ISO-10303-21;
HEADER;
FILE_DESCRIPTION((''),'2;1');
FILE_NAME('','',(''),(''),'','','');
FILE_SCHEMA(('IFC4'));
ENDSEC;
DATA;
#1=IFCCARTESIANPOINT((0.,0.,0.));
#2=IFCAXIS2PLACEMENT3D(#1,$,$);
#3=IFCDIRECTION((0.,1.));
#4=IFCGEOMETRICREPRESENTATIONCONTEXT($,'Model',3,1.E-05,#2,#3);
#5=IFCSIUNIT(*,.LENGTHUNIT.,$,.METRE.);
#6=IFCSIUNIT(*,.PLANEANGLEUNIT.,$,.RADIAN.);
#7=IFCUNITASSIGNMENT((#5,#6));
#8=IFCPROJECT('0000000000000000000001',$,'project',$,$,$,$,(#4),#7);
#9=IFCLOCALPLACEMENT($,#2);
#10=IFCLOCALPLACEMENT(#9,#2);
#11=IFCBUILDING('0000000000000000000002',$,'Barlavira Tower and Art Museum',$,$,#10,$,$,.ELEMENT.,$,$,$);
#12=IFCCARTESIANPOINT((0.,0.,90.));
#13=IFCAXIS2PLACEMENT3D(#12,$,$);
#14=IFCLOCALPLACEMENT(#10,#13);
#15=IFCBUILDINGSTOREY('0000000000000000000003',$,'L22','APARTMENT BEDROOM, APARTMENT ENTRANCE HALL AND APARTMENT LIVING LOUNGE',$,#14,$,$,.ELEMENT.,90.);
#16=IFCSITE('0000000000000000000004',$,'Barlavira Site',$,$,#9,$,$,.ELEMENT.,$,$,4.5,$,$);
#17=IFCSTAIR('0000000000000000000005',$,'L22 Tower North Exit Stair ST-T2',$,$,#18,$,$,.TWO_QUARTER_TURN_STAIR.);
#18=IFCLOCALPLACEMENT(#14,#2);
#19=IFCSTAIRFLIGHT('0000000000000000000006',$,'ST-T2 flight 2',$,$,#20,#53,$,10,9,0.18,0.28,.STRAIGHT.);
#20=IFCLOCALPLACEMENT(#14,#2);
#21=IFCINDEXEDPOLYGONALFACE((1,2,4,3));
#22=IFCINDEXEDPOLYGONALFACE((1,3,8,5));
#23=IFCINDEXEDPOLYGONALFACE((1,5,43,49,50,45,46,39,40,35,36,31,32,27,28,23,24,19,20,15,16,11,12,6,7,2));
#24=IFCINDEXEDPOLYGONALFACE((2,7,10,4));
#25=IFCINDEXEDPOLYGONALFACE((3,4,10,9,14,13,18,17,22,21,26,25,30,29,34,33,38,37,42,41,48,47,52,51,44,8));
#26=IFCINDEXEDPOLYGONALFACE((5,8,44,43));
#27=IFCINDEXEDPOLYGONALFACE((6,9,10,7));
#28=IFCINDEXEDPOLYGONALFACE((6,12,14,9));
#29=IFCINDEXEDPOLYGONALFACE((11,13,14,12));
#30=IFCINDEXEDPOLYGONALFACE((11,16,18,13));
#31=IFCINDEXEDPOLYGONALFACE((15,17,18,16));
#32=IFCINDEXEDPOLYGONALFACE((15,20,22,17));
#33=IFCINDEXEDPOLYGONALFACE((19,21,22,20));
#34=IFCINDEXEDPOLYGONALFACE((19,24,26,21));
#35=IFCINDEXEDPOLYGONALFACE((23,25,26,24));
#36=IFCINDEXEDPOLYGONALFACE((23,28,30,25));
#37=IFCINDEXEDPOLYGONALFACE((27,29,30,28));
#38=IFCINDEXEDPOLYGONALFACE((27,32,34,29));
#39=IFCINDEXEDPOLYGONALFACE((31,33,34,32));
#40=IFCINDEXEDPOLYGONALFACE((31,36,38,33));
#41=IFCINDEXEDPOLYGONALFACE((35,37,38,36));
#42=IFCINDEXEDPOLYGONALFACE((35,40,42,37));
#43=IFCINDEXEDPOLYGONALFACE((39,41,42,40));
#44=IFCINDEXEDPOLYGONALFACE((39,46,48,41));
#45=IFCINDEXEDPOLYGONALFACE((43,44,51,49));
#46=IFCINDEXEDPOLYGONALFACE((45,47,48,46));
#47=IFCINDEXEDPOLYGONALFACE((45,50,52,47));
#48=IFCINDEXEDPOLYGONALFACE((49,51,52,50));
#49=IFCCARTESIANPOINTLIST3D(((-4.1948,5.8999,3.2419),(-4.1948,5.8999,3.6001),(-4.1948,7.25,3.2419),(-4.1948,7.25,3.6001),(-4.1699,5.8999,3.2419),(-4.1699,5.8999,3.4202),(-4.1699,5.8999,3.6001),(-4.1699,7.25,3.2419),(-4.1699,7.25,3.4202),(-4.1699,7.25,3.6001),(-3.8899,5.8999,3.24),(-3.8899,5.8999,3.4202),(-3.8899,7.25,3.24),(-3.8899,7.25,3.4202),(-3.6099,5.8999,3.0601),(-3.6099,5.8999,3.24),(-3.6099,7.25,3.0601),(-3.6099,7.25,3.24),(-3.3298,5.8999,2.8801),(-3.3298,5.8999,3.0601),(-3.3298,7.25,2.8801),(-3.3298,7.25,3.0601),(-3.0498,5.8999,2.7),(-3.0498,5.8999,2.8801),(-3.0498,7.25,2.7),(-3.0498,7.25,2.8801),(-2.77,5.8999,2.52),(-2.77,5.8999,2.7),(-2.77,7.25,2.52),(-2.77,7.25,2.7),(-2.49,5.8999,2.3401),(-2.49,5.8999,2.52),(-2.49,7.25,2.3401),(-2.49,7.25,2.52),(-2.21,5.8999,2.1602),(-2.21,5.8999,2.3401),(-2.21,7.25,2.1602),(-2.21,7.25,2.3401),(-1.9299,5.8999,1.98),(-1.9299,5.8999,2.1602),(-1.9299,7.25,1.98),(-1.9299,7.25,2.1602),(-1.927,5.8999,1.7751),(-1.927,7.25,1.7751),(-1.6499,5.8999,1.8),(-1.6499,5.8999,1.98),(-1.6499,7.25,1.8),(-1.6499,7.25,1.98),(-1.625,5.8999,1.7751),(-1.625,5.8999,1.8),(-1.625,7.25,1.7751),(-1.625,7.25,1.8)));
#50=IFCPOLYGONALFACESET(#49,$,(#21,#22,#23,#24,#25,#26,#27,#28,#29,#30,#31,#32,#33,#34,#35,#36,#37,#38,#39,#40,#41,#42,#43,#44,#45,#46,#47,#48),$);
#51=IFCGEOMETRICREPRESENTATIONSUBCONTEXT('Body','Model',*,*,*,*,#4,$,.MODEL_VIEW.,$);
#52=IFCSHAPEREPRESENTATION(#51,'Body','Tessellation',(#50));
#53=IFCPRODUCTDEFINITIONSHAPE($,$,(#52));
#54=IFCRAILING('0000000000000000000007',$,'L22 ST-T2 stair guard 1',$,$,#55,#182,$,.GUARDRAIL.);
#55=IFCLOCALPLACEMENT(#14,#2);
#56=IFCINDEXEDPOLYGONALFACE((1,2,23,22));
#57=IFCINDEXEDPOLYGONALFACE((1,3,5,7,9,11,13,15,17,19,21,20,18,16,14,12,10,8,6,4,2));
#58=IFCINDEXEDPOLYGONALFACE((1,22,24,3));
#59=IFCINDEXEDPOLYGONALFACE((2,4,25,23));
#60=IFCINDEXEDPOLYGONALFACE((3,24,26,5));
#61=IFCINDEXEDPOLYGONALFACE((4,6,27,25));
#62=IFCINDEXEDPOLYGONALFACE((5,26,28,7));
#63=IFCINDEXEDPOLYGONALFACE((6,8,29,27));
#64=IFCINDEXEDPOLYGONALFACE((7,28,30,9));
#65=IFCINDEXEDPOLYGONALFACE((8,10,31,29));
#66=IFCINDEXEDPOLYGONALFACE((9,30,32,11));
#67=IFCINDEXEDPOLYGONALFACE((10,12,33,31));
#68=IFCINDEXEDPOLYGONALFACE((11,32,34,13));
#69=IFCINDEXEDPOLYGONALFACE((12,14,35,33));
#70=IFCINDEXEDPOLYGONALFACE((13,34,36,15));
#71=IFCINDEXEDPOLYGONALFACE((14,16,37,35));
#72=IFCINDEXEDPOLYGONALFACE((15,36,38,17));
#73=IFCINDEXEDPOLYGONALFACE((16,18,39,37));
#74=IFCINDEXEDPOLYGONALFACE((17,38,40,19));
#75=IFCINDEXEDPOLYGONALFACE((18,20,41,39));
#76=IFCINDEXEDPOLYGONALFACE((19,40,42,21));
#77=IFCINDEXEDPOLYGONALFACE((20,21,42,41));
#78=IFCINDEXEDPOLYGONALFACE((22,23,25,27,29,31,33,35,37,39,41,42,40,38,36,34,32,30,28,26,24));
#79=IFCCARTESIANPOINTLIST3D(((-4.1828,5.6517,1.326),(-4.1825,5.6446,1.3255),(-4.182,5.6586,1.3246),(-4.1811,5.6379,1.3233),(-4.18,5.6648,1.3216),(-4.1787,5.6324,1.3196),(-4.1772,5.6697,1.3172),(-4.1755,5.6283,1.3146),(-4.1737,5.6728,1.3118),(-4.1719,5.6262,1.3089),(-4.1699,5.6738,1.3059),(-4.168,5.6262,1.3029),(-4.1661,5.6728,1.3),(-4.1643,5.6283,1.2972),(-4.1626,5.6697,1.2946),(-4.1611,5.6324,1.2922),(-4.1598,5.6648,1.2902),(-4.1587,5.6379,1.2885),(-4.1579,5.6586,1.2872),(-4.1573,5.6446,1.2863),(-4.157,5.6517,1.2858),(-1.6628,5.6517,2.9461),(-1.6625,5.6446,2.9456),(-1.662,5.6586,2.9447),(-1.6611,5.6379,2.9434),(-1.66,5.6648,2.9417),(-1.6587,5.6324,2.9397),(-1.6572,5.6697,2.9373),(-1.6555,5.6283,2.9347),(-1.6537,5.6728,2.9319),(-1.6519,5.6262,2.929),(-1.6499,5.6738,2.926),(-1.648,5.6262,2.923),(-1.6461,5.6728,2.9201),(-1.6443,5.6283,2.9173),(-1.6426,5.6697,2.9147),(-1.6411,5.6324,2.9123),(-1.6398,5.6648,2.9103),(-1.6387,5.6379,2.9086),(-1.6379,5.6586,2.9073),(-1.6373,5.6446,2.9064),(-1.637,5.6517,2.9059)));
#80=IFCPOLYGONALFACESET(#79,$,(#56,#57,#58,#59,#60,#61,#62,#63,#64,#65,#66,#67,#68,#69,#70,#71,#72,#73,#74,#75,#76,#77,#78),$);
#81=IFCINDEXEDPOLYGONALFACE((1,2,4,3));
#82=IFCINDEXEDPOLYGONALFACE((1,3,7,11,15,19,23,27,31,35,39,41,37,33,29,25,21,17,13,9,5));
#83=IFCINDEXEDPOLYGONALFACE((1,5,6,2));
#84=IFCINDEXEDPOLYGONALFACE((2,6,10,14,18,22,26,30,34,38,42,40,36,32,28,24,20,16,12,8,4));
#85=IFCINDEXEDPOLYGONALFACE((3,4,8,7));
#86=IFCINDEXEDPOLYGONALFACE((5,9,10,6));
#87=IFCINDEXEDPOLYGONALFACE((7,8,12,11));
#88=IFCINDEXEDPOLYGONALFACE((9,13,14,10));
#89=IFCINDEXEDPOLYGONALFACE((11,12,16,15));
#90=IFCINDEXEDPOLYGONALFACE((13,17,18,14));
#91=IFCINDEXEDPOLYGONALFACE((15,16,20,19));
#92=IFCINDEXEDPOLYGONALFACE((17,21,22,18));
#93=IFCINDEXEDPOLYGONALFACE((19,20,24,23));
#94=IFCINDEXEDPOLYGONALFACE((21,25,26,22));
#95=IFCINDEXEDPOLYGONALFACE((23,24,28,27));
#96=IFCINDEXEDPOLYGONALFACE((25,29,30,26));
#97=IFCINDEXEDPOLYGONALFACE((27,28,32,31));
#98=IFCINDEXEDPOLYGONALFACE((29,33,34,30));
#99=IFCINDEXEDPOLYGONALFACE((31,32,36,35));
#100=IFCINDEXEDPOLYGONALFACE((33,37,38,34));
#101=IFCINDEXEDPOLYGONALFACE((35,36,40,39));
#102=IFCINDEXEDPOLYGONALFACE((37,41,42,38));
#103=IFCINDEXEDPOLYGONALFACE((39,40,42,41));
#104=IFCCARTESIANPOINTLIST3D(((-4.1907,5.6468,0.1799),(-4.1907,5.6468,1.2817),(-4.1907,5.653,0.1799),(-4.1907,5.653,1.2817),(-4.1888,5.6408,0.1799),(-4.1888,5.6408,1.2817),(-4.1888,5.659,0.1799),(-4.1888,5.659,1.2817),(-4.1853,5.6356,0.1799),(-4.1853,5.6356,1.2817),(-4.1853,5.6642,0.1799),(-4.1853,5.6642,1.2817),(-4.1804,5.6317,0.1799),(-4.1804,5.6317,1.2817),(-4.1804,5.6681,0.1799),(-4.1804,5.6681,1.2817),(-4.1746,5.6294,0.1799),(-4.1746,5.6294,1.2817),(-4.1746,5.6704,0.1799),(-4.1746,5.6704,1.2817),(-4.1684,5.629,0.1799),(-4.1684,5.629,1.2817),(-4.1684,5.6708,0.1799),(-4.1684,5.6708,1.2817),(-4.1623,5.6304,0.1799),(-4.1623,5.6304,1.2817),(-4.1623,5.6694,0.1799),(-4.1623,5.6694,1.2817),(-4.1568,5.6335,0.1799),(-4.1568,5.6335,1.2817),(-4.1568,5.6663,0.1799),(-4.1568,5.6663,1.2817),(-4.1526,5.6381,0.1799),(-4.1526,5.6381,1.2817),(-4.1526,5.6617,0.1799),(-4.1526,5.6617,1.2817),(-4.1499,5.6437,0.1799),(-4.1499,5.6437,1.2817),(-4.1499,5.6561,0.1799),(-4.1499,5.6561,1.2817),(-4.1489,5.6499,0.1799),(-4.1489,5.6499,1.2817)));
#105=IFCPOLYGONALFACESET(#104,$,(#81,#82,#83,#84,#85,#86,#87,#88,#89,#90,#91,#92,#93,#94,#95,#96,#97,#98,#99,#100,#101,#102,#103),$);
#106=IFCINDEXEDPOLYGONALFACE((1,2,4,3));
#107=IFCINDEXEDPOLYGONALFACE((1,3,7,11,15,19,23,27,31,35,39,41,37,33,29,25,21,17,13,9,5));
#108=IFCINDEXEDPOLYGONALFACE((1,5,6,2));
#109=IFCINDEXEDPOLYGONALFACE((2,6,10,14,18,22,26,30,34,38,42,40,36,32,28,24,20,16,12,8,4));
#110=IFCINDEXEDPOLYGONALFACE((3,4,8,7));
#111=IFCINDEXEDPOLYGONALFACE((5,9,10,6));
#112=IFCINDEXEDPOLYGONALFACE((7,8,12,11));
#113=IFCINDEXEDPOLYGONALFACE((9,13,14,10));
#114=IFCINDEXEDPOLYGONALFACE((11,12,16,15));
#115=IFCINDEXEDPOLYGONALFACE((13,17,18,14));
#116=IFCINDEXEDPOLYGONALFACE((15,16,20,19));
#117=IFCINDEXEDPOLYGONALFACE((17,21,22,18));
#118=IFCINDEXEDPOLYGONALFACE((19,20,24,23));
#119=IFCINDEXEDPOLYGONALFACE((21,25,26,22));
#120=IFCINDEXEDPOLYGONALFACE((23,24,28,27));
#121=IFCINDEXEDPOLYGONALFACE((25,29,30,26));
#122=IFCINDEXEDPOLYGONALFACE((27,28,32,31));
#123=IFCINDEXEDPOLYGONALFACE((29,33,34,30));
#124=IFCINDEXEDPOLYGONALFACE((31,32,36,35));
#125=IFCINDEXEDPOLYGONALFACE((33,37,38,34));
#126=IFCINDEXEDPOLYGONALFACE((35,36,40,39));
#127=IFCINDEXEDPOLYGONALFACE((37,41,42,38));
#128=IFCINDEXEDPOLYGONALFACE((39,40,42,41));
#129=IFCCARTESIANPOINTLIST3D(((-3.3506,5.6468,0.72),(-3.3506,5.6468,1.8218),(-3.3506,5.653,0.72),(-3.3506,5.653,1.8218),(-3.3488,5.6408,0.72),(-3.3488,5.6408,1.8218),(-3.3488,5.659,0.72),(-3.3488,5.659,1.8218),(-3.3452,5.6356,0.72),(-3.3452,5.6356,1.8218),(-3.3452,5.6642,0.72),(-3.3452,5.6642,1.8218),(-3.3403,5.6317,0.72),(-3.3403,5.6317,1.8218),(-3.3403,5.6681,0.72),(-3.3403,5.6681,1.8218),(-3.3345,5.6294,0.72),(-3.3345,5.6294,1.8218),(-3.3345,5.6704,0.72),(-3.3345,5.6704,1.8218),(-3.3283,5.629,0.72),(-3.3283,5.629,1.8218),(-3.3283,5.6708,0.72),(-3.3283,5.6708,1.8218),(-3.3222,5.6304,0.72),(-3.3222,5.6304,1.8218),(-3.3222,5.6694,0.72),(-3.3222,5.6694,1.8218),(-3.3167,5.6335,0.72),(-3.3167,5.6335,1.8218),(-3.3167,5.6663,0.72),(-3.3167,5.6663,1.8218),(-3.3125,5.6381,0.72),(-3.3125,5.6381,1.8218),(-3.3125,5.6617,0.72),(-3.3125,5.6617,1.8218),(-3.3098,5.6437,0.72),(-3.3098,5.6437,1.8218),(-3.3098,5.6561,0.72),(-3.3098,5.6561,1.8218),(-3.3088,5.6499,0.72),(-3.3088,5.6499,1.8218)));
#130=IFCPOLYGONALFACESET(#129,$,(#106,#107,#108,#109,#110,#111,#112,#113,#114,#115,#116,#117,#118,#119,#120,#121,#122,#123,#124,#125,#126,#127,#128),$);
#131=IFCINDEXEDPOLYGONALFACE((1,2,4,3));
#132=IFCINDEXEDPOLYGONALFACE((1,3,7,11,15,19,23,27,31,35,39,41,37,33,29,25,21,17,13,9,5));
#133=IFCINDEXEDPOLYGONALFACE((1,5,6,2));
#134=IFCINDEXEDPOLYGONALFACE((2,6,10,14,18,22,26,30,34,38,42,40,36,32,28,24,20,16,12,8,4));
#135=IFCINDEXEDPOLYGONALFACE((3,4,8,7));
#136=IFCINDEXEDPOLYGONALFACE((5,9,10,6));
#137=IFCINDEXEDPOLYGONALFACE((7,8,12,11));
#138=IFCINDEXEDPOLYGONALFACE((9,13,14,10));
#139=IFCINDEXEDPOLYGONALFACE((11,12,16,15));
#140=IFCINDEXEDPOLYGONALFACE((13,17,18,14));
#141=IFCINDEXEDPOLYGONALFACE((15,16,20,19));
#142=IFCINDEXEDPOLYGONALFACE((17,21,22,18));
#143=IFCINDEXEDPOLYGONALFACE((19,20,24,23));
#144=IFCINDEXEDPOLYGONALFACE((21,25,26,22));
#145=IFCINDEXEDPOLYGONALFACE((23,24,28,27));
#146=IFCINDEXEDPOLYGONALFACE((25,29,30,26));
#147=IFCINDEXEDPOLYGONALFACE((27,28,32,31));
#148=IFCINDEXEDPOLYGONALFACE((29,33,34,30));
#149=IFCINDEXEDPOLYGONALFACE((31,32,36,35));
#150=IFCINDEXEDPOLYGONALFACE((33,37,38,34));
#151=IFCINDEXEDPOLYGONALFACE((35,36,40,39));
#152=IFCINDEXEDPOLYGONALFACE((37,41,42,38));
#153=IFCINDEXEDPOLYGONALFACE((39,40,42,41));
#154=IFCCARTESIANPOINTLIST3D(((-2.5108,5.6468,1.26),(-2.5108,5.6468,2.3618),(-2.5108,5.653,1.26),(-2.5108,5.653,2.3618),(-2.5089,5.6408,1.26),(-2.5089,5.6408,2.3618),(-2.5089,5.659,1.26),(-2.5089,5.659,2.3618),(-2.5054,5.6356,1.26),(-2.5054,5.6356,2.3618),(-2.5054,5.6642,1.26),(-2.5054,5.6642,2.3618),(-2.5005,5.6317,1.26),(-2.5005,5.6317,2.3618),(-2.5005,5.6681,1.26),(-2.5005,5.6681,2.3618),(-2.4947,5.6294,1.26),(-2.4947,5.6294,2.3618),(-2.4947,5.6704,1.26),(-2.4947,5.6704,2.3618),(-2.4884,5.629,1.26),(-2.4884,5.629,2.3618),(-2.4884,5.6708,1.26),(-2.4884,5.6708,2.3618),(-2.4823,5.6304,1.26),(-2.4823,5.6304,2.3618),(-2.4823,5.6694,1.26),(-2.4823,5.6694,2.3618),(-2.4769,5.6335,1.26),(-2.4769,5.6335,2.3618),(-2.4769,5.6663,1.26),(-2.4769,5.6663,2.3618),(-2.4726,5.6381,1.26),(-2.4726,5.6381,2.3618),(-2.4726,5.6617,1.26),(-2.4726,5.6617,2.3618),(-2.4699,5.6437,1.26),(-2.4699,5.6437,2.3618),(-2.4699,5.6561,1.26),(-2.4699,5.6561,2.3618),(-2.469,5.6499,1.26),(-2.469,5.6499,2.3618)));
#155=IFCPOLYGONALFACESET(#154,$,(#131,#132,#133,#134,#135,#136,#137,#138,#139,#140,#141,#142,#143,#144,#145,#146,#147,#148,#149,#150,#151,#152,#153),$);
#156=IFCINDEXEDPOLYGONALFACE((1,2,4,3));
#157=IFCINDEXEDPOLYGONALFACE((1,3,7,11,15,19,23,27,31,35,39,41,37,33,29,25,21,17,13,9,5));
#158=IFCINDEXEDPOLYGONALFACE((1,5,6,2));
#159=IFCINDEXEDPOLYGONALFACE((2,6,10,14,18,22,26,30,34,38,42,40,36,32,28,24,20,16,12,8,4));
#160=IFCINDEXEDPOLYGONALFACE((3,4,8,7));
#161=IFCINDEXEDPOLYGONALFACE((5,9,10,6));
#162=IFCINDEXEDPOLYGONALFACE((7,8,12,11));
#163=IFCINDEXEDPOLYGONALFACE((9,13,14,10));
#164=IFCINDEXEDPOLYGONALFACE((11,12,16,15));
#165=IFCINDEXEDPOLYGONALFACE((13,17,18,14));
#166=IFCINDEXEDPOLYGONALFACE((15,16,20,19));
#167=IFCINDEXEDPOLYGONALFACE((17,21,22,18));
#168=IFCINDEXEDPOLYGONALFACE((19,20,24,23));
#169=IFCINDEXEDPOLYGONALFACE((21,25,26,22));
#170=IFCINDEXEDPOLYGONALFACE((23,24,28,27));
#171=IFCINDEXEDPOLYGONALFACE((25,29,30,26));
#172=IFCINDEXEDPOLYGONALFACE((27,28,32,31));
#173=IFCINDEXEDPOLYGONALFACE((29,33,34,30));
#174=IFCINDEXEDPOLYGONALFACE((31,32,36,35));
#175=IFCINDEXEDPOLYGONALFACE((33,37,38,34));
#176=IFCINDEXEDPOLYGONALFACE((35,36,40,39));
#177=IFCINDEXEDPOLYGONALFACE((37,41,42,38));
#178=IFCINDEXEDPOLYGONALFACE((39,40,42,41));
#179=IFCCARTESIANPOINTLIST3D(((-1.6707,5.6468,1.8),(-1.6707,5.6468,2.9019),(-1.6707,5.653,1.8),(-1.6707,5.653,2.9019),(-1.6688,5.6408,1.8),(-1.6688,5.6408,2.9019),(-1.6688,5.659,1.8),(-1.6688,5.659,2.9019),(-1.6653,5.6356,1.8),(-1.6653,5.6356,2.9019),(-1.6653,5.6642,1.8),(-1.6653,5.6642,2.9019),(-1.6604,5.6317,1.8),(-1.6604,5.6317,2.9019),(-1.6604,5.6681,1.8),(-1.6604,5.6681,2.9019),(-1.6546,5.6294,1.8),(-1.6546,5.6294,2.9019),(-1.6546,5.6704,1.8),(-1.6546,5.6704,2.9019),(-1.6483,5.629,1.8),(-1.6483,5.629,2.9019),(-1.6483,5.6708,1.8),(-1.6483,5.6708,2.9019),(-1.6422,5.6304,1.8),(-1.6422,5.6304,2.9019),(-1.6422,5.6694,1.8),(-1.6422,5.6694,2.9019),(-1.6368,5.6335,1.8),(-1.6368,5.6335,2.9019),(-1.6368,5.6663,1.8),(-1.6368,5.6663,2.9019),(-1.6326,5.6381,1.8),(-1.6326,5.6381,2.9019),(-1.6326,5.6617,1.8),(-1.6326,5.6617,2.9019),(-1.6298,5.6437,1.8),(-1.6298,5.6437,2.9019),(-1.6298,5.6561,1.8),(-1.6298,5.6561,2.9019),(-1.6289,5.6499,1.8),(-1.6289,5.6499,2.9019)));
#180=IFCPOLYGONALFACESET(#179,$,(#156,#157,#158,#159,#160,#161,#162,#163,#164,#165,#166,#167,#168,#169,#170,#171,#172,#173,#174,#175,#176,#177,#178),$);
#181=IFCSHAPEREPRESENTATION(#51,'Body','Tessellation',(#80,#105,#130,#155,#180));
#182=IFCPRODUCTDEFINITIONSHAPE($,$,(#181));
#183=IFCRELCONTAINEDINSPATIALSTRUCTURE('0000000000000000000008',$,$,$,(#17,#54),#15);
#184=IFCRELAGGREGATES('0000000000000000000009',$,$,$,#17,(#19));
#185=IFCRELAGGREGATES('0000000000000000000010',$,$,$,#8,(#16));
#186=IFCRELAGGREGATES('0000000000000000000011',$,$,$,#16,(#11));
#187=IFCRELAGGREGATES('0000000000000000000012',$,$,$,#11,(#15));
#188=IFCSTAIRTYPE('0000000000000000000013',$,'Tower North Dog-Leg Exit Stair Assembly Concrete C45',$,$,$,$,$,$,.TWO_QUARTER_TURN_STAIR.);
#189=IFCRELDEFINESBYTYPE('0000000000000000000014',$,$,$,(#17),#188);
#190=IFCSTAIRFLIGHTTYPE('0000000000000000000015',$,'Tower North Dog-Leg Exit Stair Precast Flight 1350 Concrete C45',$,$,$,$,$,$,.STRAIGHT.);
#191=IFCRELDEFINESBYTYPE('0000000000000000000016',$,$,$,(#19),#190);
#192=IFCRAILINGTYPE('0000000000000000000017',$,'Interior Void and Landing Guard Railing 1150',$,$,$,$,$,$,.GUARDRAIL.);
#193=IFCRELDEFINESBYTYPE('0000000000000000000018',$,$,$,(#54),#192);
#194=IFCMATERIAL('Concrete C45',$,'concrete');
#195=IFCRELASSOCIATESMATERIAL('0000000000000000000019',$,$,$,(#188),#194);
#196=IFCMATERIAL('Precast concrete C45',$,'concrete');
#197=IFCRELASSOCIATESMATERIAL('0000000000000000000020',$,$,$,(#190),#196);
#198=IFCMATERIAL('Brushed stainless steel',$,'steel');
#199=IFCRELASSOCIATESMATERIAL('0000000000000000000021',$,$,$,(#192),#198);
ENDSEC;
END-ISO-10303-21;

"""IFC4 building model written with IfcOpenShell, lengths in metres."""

from ifc_helpers import new_model, si_unit, direction, frame, origin, origin_2d, place, context, subcontext, project, spatial, polyline, circle, outline, extrude, material, type_object, element, aggregate, save


model = new_model("IFC4")

# Units and contexts
model_context = context("Model", 3, precision=1e-05, world=origin(), true_north=direction((0.0, 1.0)))
body_context = subcontext(model_context, "Body", "Model", "MODEL_VIEW")
ifc_project = project(units=[si_unit("LENGTHUNIT", "METRE"), si_unit("PLANEANGLEUNIT", "RADIAN")], contexts=[model_context])

# Site, building, storey
site_placement = place(None, origin())
site = spatial("IfcSite", under=ifc_project, at=site_placement, Name="Barlavira Site", CompositionType="ELEMENT", RefElevation=4.5)
building_placement = place(site_placement, origin())
building = spatial("IfcBuilding", under=site, at=building_placement, Name="Barlavira Tower and Art Museum", CompositionType="ELEMENT")
storey_placement = place(building_placement, frame((0.0, 0.0, 90.0)))
storey = spatial("IfcBuildingStorey", under=building, at=storey_placement, Name="L22", Description="APARTMENT BEDROOM, APARTMENT ENTRANCE HALL AND APARTMENT LIVING LOUNGE", CompositionType="ELEMENT", Elevation=90.0)

# Shared definitions
ifc_material_1 = material(Name="Concrete C45", Category="concrete")

# Shared definitions
ifc_material_2 = material(Name="Brushed stainless steel", Category="steel")

# Stair, stair flight
stair_type_1 = type_object("IfcStairType", Name="Tower North Dog-Leg Exit Stair Assembly Concrete C45", PredefinedType="TWO_QUARTER_TURN_STAIR", material=ifc_material_1)
stair_1_placement = place(storey_placement, origin())
stair_1 = element("IfcStair", 1, at=stair_1_placement, inside=storey, type_object=stair_type_1, Name="L22 Tower North Exit Stair ST-T2", PredefinedType="TWO_QUARTER_TURN_STAIR")
ifc_material_3 = material(Name="Precast concrete C45", Category="concrete")
stair_flight_type = type_object("IfcStairFlightType", Name="Tower North Dog-Leg Exit Stair Precast Flight 1350 Concrete C45", PredefinedType="STRAIGHT", material=ifc_material_3)
stair_flight_1_placement = place(storey_placement, frame((-1.6499, 6.575, 1.8), z_axis=(0.0, 0.0, 1.0), x_axis=(-1.0, 0.0, 0.0)))
stair_flight_1 = element("IfcStairFlight", 2, at=stair_flight_1_placement, type_object=stair_flight_type, Name="ST-T2 flight 2", NumberOfRisers=10, NumberOfTreads=9, PredefinedType="STRAIGHT", RiserHeight=0.18, TreadLength=0.28, context=body_context, shape_type="SweptSolid", body=[
    extrude(outline(polyline([(-0.0249, 0.0), (0.0, 0.0), (0.0, 0.1799), (0.28, 0.1799), (0.28, 0.3601), (0.5601, 0.3601), (0.5601, 0.54), (0.8401, 0.54), (0.8401, 0.72), (1.1201, 0.72), (1.1201, 0.8999), (1.3999, 0.8999), (1.3999, 1.0801), (1.6799, 1.0801), (1.6799, 1.26), (1.96, 1.26), (1.96, 1.4399), (2.24, 1.4399), (2.24, 1.6201), (2.52, 1.6201), (2.52, 1.8), (2.5449, 1.8), (2.5449, 1.4419), (2.52, 1.4419), (0.2771, -0.0249), (-0.0249, -0.0249), (-0.0249, 0.0)])), frame((0.0, 0.675, 0.0), z_axis=(0.0, -1.0, 0.0), x_axis=(1.0, 0.0, 0.0)), (0.0, 0.0, 1.0), 1.3501),
])
aggregate(stair_1, [stair_flight_1])

# Railing
railing_type_1 = type_object("IfcRailingType", Name="Interior Void and Landing Guard Railing 1150", PredefinedType="GUARDRAIL", material=ifc_material_2)
railing_1_placement = place(storey_placement, frame((-4.1699, 5.6499, 0.1799)))
element("IfcRailing", 3, at=railing_1_placement, inside=storey, type_object=railing_type_1, Name="L22 ST-T2 stair guard 1", PredefinedType="GUARDRAIL", context=body_context, shape_type="SweptSolid", body=[
    extrude(circle(Radius=0.0239, at=origin_2d()), frame((0.0, 0.0, 1.126), z_axis=(0.841163, 0.0, 0.540782), x_axis=(0.0, 1.0, 0.0)), (0.0, 0.0, 1.0), 2.9958),
    extrude(circle(Radius=0.021, at=origin_2d()), origin(), (0.0, 0.0, 1.0), 1.1018),
    extrude(circle(Radius=0.021, at=origin_2d()), frame((0.8401, 0.0, 0.54)), (0.0, 0.0, 1.0), 1.1018),
    extrude(circle(Radius=0.021, at=origin_2d()), frame((1.6799, 0.0, 1.0801)), (0.0, 0.0, 1.0), 1.1018),
    extrude(circle(Radius=0.021, at=origin_2d()), frame((2.52, 0.0, 1.6201)), (0.0, 0.0, 1.0), 1.1018),
])

save(model, "model.ifc")
